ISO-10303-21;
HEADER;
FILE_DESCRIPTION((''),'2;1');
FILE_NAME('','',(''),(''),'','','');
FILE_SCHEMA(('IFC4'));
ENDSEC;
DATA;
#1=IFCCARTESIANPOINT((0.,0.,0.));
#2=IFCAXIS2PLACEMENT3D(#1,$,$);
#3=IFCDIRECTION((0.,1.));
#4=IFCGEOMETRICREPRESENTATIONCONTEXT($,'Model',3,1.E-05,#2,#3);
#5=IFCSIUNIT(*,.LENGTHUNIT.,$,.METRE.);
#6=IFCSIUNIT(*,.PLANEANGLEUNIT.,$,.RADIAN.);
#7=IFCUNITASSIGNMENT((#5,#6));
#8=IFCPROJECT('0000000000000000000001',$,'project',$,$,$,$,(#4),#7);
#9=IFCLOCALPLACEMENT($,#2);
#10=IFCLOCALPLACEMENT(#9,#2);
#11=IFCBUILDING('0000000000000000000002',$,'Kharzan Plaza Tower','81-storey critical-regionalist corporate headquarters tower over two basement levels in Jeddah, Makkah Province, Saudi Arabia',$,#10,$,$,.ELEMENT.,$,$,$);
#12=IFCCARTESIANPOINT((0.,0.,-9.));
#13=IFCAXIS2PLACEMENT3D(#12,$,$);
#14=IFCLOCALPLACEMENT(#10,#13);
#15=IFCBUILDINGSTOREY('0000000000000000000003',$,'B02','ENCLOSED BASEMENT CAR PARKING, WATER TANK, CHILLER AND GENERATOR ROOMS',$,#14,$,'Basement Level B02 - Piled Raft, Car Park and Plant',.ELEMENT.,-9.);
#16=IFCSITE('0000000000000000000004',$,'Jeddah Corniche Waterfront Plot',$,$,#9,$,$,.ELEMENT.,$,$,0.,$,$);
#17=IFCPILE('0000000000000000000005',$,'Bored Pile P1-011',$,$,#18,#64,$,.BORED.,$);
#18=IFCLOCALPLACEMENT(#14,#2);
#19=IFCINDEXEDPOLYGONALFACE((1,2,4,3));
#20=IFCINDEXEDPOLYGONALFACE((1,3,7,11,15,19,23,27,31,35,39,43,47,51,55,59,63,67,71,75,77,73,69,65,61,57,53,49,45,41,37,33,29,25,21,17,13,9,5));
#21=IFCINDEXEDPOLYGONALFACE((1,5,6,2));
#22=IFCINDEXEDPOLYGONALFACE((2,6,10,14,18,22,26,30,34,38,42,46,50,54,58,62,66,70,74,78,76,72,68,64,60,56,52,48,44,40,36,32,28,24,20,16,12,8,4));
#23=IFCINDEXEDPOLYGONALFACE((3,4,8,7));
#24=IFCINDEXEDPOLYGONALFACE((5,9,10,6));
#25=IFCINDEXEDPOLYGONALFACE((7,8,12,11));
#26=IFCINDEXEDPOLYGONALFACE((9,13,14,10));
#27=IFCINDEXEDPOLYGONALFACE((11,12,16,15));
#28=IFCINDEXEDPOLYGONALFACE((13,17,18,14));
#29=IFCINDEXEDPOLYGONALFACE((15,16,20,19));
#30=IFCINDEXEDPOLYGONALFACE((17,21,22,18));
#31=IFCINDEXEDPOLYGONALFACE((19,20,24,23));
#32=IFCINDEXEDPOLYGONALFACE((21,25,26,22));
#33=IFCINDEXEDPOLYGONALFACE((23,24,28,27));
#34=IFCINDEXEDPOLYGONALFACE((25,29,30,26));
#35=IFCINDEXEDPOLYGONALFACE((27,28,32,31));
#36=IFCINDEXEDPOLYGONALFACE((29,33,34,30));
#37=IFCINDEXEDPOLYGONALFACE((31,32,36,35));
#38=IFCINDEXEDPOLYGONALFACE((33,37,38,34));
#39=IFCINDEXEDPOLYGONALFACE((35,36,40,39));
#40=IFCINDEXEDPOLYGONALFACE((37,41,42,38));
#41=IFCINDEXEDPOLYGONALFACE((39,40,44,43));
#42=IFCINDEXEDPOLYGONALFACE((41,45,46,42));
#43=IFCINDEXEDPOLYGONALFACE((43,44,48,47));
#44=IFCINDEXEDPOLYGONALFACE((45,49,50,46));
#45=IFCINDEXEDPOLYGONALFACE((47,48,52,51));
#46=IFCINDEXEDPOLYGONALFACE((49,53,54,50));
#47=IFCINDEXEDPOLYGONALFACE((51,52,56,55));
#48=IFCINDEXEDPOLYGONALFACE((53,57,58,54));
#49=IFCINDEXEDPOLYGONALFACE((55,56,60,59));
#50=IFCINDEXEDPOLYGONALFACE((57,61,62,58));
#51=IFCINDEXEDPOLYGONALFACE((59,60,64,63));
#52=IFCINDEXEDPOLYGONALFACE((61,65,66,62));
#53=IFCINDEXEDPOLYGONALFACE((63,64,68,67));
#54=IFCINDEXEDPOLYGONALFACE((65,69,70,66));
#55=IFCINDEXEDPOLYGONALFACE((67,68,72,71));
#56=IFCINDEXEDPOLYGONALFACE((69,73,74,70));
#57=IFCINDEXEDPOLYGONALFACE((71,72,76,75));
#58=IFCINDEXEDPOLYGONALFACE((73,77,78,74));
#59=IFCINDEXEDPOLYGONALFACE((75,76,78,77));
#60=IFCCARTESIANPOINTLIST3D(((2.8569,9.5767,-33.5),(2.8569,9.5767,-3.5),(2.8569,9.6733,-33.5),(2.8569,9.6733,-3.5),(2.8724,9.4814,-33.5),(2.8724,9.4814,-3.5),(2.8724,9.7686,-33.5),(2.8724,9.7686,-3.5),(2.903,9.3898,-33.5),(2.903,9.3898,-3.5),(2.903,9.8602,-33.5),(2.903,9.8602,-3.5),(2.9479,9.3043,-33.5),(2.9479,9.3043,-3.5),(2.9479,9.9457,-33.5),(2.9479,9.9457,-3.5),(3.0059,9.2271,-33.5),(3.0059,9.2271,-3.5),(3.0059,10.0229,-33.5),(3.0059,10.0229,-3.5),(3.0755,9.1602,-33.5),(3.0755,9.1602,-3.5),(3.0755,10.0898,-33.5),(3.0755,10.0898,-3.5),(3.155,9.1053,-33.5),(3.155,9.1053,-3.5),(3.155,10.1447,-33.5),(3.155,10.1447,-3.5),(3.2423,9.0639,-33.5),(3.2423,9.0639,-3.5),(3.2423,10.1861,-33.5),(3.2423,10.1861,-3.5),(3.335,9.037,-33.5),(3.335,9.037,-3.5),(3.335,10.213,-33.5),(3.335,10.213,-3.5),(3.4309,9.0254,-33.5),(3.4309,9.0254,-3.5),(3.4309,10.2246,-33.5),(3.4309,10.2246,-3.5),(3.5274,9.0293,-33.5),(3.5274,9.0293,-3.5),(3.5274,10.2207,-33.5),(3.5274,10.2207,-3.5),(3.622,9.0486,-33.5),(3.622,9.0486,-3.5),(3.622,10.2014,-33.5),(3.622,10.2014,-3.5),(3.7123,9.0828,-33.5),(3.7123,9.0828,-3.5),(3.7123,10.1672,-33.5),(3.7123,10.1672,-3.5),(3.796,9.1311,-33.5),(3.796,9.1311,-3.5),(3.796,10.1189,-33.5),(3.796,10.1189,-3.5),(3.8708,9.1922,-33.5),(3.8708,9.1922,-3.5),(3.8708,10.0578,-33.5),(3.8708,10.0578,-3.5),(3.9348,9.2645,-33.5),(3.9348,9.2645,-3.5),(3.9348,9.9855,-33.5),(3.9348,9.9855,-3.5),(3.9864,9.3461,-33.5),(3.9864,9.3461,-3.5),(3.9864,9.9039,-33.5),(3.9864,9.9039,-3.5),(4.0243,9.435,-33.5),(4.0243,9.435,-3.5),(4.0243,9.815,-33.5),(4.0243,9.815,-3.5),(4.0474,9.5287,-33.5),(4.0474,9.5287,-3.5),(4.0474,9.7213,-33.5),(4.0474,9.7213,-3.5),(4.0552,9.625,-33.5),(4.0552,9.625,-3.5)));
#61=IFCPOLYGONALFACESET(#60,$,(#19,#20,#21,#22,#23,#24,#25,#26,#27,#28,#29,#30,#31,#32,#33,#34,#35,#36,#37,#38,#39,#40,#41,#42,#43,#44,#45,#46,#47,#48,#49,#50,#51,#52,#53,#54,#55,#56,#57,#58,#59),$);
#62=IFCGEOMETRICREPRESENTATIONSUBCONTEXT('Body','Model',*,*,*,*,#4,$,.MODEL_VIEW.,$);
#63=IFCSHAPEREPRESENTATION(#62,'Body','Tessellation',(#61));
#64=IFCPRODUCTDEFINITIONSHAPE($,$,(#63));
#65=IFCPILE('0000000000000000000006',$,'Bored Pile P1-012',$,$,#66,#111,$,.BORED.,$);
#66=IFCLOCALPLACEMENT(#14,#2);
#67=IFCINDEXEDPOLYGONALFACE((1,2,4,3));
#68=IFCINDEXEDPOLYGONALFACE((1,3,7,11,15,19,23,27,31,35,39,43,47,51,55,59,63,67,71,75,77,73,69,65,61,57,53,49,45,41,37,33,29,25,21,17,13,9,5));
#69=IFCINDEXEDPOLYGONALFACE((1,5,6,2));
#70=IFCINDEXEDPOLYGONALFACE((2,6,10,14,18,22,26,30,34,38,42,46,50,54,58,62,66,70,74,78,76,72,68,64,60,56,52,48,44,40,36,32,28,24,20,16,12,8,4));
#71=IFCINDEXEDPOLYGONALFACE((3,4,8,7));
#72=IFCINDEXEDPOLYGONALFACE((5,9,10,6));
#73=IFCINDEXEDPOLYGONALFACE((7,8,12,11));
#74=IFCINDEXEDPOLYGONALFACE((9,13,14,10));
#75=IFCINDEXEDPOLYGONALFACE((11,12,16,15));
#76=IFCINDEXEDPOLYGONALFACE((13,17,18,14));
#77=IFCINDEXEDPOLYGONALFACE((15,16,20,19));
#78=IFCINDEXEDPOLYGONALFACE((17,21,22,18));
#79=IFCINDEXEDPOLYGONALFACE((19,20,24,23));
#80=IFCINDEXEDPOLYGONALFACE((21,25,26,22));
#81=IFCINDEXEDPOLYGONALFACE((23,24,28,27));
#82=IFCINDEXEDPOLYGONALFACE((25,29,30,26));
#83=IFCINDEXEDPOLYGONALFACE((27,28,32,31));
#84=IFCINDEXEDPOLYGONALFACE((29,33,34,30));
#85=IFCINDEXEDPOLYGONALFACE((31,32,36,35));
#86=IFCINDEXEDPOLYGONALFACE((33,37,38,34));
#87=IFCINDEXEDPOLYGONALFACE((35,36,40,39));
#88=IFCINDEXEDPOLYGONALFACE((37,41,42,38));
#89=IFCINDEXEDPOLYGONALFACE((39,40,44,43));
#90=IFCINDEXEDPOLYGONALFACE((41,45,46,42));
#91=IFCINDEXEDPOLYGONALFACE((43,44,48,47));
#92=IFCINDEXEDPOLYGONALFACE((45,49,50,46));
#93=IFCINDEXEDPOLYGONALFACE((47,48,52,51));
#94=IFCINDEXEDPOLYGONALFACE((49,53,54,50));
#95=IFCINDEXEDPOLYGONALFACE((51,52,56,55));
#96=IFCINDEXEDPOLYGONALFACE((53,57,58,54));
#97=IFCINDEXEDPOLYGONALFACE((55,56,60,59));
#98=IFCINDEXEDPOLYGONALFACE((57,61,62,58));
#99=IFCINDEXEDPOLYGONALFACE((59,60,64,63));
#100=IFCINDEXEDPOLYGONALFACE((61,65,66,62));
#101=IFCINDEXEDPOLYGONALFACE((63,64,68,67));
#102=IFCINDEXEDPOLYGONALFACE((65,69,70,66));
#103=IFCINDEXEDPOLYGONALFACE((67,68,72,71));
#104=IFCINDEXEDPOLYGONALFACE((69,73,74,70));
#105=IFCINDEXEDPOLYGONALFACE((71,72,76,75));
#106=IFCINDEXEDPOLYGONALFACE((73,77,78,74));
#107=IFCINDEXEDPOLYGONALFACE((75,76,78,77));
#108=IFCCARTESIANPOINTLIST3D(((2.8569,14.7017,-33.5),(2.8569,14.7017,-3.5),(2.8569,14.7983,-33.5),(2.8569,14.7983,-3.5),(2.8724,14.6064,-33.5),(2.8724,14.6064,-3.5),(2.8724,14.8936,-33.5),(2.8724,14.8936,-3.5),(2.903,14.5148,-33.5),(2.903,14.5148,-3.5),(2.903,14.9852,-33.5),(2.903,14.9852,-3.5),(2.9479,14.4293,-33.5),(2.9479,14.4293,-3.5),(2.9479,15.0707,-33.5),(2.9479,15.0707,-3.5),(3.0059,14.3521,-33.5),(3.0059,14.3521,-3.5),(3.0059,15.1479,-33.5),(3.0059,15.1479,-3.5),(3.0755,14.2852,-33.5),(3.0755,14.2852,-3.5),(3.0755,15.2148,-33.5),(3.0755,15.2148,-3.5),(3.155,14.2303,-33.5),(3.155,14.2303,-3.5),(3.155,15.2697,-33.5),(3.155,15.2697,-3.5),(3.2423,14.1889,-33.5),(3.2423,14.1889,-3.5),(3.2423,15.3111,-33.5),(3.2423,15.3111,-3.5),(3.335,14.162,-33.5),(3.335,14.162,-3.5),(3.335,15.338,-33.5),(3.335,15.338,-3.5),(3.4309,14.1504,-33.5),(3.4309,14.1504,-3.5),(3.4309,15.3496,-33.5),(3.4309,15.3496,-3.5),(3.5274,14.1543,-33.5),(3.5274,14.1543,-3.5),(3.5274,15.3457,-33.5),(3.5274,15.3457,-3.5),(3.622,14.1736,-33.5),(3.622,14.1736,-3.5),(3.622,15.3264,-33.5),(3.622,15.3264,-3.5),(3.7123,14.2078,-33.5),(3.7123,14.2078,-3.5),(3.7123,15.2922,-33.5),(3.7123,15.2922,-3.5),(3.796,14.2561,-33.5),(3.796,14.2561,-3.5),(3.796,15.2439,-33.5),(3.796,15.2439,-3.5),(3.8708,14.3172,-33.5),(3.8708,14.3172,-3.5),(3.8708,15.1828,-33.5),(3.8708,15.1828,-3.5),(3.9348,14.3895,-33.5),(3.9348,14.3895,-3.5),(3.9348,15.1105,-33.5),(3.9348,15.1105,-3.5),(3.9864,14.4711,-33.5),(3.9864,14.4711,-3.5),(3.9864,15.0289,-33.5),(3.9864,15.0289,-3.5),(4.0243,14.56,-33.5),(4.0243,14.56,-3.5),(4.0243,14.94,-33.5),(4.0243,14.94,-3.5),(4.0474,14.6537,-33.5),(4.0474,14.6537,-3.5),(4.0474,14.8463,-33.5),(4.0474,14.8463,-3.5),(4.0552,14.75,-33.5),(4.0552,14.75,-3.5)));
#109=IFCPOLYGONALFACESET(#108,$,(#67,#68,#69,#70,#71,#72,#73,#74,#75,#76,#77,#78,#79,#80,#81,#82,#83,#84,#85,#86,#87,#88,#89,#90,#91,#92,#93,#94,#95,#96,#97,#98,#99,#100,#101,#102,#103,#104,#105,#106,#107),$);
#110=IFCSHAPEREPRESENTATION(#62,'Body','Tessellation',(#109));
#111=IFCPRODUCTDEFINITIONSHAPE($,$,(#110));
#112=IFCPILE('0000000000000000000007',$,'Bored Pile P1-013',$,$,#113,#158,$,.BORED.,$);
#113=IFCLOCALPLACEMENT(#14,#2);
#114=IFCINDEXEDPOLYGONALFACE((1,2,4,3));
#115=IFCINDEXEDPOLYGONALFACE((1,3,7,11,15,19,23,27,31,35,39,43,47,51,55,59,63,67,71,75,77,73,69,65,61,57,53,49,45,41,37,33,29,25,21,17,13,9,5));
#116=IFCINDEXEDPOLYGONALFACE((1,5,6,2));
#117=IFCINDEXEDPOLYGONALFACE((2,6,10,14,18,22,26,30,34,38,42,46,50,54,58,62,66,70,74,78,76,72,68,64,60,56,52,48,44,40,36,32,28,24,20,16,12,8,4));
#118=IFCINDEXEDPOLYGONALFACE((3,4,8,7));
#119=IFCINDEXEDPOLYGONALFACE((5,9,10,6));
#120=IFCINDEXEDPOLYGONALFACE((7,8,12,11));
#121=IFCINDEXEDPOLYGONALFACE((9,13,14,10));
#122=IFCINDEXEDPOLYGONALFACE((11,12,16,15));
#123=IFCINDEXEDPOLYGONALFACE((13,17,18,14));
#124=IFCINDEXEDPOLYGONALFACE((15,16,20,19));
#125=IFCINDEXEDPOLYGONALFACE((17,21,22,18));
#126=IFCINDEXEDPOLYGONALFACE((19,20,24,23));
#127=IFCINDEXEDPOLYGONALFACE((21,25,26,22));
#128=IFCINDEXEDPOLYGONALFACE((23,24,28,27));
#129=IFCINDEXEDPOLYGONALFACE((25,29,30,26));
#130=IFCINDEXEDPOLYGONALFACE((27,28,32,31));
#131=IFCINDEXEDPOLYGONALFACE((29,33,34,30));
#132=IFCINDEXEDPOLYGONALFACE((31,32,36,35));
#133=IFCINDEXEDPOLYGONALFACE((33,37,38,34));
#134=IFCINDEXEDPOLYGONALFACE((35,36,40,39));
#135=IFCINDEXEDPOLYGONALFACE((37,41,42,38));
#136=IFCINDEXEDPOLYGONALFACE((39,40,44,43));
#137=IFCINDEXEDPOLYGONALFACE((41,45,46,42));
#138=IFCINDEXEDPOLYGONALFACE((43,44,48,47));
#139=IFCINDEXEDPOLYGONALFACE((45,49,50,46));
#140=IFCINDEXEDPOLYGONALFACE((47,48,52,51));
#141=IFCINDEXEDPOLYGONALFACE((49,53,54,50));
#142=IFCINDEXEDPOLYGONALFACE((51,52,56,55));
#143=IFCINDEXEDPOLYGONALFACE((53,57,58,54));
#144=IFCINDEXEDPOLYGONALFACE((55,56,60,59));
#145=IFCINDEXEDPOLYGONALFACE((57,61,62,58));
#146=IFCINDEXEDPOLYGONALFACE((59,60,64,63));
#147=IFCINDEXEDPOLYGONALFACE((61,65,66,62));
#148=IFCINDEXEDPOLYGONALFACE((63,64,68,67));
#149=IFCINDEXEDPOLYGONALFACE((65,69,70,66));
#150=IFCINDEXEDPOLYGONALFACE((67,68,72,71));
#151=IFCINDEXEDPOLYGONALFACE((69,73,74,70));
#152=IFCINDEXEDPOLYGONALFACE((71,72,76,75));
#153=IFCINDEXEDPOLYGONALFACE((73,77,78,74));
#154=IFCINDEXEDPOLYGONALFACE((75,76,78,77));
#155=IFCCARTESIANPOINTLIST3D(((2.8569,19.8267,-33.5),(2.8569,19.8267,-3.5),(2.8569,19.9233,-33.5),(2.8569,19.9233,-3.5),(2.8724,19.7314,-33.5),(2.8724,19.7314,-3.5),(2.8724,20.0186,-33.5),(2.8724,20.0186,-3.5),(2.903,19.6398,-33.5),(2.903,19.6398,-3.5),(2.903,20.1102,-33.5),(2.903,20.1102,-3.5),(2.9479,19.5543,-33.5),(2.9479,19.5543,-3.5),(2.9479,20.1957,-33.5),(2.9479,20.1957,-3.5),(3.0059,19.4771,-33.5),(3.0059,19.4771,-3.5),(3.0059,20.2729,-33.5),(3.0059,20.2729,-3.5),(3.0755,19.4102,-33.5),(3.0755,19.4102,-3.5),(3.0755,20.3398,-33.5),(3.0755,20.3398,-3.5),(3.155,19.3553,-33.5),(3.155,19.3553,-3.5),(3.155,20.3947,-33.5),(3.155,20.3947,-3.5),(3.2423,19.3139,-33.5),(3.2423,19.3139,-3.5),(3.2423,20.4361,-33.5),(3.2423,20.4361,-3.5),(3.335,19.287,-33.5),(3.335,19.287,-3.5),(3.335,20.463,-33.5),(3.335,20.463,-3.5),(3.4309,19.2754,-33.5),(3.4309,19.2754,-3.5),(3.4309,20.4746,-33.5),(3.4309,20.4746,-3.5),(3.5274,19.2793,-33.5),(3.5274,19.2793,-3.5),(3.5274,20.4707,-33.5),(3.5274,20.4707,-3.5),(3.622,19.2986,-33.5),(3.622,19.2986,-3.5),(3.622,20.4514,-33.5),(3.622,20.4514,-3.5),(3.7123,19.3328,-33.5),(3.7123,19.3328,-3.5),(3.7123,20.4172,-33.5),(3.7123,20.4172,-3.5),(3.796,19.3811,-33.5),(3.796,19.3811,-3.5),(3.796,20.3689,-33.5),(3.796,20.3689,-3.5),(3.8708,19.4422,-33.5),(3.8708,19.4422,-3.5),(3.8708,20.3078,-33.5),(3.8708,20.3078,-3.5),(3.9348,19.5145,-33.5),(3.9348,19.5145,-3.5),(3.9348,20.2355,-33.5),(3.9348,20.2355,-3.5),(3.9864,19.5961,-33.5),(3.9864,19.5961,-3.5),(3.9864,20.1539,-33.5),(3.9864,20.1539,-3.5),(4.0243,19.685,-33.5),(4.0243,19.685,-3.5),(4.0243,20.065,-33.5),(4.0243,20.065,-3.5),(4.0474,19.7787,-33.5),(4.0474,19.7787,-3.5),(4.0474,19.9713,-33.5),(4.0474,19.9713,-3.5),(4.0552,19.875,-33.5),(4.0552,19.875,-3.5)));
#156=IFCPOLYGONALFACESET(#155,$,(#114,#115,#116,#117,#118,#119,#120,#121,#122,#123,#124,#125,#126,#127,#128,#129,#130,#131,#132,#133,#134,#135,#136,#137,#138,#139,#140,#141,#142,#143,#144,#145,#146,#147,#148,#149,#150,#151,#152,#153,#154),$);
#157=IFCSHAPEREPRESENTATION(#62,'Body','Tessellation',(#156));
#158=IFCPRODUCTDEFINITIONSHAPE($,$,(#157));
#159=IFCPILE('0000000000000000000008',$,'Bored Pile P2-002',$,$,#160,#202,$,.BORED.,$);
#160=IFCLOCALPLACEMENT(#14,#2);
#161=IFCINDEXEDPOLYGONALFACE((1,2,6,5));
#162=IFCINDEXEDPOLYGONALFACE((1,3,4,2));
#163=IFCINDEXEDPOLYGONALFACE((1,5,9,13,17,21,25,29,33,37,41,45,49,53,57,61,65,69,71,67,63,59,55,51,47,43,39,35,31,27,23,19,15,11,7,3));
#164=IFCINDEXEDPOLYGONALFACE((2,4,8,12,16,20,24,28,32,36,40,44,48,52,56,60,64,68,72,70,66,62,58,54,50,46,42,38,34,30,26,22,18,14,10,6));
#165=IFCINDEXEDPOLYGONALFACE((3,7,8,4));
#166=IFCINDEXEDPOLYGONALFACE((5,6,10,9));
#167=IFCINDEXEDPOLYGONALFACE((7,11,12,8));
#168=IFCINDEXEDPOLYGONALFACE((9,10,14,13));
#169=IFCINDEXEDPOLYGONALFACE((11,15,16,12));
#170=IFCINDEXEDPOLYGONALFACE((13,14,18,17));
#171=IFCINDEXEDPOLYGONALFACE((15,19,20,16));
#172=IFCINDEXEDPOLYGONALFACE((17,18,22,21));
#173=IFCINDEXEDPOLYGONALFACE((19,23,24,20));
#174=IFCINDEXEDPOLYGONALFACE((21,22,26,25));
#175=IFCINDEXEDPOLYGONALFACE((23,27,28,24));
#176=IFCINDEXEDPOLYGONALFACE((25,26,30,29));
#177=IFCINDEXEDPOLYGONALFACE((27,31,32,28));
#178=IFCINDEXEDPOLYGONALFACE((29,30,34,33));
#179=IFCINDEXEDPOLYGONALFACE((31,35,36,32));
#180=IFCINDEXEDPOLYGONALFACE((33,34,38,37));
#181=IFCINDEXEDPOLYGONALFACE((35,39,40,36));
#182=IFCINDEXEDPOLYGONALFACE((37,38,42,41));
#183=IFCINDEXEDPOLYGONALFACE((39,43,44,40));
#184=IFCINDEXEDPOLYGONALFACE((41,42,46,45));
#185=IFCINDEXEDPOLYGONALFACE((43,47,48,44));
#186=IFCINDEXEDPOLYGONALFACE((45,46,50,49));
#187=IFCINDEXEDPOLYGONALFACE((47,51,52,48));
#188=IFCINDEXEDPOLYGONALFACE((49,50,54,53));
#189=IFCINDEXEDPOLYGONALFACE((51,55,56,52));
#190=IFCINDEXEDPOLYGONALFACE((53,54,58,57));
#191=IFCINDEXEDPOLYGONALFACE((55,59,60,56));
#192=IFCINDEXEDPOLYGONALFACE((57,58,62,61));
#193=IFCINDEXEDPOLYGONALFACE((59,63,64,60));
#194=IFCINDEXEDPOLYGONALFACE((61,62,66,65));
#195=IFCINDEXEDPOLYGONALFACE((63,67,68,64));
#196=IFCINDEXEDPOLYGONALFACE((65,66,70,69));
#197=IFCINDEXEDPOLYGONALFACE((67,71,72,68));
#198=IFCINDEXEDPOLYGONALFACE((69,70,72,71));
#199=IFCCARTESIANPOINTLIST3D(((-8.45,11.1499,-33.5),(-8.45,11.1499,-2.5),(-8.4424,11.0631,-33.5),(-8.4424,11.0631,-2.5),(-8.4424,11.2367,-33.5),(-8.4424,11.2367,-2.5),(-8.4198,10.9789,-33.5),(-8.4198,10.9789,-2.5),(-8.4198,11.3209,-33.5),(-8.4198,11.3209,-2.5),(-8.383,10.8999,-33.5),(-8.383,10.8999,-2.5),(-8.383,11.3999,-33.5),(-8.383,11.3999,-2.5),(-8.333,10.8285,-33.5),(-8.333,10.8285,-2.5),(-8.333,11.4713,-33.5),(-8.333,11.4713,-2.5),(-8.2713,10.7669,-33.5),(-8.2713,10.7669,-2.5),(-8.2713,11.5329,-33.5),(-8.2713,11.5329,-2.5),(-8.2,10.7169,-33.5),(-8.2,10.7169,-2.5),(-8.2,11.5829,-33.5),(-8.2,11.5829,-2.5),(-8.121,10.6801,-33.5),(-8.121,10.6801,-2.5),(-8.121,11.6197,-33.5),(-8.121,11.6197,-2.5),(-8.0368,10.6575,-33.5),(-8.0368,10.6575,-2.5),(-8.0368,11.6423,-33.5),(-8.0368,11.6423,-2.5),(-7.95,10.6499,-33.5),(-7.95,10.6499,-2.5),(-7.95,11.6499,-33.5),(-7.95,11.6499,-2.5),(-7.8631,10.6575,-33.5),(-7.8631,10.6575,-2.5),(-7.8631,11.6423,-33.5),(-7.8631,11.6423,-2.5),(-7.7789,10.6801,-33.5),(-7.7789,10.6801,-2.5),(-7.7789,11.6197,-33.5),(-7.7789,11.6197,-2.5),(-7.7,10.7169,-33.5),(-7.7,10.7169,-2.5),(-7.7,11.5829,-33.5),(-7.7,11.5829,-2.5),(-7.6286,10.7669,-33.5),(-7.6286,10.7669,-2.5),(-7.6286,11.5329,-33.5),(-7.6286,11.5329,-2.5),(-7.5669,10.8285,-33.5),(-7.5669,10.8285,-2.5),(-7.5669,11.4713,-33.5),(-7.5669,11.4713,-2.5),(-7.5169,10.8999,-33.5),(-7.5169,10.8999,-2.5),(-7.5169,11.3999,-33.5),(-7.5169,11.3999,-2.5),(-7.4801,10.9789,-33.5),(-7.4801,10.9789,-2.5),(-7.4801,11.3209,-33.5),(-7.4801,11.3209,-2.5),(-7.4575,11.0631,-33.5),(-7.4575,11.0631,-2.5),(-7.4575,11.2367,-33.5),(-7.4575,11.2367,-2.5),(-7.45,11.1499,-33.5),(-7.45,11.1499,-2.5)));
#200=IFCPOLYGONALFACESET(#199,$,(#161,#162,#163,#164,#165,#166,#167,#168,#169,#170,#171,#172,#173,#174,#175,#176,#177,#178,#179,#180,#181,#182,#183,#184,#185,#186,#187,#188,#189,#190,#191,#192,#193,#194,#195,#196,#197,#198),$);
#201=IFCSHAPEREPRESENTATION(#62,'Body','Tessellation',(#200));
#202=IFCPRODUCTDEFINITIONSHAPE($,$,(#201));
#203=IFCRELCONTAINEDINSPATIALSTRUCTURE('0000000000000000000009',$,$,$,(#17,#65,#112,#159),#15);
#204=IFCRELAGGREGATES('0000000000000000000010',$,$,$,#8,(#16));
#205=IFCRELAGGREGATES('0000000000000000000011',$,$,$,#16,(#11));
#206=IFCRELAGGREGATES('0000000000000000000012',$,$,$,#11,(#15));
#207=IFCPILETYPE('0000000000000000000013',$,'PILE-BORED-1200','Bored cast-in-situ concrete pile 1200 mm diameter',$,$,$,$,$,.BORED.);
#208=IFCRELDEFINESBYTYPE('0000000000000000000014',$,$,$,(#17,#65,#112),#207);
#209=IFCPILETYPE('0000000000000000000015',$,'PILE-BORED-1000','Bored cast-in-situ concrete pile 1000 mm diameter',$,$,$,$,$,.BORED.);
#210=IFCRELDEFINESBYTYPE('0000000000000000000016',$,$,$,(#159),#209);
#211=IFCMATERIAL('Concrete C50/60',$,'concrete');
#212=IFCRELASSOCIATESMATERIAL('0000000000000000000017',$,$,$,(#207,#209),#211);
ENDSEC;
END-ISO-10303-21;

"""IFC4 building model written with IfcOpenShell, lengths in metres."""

from ifc_helpers import new_model, si_unit, direction, frame, origin, origin_2d, place, context, subcontext, project, spatial, circle, extrude, source, transform, mapped, material, material_profile, profile_set, type_object, element, save


model = new_model("IFC4")

# Units and contexts
model_context = context("Model", 3, precision=1e-05, world=origin(), true_north=direction((0.0, 1.0)))
body_context = subcontext(model_context, "Body", "Model", "MODEL_VIEW")
ifc_project = project(units=[si_unit("LENGTHUNIT", "METRE"), si_unit("PLANEANGLEUNIT", "RADIAN")], contexts=[model_context])

# Site, building, storey
site_placement = place(None, origin())
site = spatial("IfcSite", under=ifc_project, at=site_placement, Name="Jeddah Corniche Waterfront Plot", CompositionType="ELEMENT", RefElevation=0.0)
building_placement = place(site_placement, origin())
building = spatial("IfcBuilding", under=site, at=building_placement, Name="Kharzan Plaza Tower", Description="81-storey critical-regionalist corporate headquarters tower over two basement levels in Jeddah, Makkah Province, Saudi Arabia", CompositionType="ELEMENT")
storey_placement = place(building_placement, frame((0.0, 0.0, -9.0)))
storey = spatial("IfcBuildingStorey", under=building, at=storey_placement, Name="B02", Description="ENCLOSED BASEMENT CAR PARKING, WATER TANK, CHILLER AND GENERATOR ROOMS", LongName="Basement Level B02 - Piled Raft, Car Park and Plant", CompositionType="ELEMENT", Elevation=-9.0)

# Shared definitions
ifc_material_1 = material(Name="Concrete C50/60", Category="concrete")

# Piles
ifc_material_profile_1 = material_profile(ifc_material_1, circle(Radius=0.6001, at=origin_2d()), Name="PILE-D1200")
ifc_profile_set_1 = profile_set([ifc_material_profile_1], Name="Concrete C50/60")
pile_type_1 = type_object("IfcPileType", Name="PILE-BORED-1200", Description="Bored cast-in-situ concrete pile 1200 mm diameter", PredefinedType="BORED", material=ifc_profile_set_1)
shared_shape_1 = source(origin(), body_context, "Body", "SweptSolid", [
    extrude(circle(Radius=0.6001, at=origin_2d()), origin(), (0.0, 0.0, 1.0), 30.0),
])
for number, where, z_axis, x_axis, name in (
    (1, (3.4551, 9.625, -3.5), (0.0, 0.0, -1.0), (1.0, 0.0, 0.0), "Bored Pile P1-011"),
    (2, (3.4551, 14.75, -3.5), (0.0, 0.0, -1.0), (1.0, 0.0, 0.0), "Bored Pile P1-012"),
    (3, (3.4551, 19.875, -3.5), (0.0, 0.0, -1.0), (1.0, 0.0, 0.0), "Bored Pile P1-013"),
):
    element("IfcPile", number, at=place(storey_placement, frame(where, z_axis=z_axis, x_axis=x_axis)), inside=storey, type_object=pile_type_1, Name=name, PredefinedType="BORED", context=body_context, shape_type="MappedRepresentation", body=[
        mapped(shared_shape_1, transform((0.0, 0.0, 0.0), x_axis=(1.0, 0.0, 0.0), y_axis=(0.0, 1.0, 0.0), z_axis=(0.0, 0.0, 1.0))),
    ])
ifc_material_profile_2 = material_profile(ifc_material_1, circle(Radius=0.5, at=origin_2d()), Name="PILE-D1000")
ifc_profile_set_2 = profile_set([ifc_material_profile_2], Name="Concrete C50/60")
pile_type_2 = type_object("IfcPileType", Name="PILE-BORED-1000", Description="Bored cast-in-situ concrete pile 1000 mm diameter", PredefinedType="BORED", material=ifc_profile_set_2)
shared_shape_2 = source(origin(), body_context, "Body", "SweptSolid", [
    extrude(circle(Radius=0.5, at=origin_2d()), origin(), (0.0, 0.0, 1.0), 31.0),
])
for number, where, z_axis, x_axis, name in (
    (4, (-7.95, 11.1499, -2.5), (0.0, 0.0, -1.0), (1.0, 0.0, 0.0), "Bored Pile P2-002"),
):
    element("IfcPile", number, at=place(storey_placement, frame(where, z_axis=z_axis, x_axis=x_axis)), inside=storey, type_object=pile_type_2, Name=name, PredefinedType="BORED", context=body_context, shape_type="MappedRepresentation", body=[
        mapped(shared_shape_2, transform((0.0, 0.0, 0.0), x_axis=(1.0, 0.0, 0.0), y_axis=(0.0, 1.0, 0.0), z_axis=(0.0, 0.0, 1.0))),
    ])

save(model, "model.ifc")
